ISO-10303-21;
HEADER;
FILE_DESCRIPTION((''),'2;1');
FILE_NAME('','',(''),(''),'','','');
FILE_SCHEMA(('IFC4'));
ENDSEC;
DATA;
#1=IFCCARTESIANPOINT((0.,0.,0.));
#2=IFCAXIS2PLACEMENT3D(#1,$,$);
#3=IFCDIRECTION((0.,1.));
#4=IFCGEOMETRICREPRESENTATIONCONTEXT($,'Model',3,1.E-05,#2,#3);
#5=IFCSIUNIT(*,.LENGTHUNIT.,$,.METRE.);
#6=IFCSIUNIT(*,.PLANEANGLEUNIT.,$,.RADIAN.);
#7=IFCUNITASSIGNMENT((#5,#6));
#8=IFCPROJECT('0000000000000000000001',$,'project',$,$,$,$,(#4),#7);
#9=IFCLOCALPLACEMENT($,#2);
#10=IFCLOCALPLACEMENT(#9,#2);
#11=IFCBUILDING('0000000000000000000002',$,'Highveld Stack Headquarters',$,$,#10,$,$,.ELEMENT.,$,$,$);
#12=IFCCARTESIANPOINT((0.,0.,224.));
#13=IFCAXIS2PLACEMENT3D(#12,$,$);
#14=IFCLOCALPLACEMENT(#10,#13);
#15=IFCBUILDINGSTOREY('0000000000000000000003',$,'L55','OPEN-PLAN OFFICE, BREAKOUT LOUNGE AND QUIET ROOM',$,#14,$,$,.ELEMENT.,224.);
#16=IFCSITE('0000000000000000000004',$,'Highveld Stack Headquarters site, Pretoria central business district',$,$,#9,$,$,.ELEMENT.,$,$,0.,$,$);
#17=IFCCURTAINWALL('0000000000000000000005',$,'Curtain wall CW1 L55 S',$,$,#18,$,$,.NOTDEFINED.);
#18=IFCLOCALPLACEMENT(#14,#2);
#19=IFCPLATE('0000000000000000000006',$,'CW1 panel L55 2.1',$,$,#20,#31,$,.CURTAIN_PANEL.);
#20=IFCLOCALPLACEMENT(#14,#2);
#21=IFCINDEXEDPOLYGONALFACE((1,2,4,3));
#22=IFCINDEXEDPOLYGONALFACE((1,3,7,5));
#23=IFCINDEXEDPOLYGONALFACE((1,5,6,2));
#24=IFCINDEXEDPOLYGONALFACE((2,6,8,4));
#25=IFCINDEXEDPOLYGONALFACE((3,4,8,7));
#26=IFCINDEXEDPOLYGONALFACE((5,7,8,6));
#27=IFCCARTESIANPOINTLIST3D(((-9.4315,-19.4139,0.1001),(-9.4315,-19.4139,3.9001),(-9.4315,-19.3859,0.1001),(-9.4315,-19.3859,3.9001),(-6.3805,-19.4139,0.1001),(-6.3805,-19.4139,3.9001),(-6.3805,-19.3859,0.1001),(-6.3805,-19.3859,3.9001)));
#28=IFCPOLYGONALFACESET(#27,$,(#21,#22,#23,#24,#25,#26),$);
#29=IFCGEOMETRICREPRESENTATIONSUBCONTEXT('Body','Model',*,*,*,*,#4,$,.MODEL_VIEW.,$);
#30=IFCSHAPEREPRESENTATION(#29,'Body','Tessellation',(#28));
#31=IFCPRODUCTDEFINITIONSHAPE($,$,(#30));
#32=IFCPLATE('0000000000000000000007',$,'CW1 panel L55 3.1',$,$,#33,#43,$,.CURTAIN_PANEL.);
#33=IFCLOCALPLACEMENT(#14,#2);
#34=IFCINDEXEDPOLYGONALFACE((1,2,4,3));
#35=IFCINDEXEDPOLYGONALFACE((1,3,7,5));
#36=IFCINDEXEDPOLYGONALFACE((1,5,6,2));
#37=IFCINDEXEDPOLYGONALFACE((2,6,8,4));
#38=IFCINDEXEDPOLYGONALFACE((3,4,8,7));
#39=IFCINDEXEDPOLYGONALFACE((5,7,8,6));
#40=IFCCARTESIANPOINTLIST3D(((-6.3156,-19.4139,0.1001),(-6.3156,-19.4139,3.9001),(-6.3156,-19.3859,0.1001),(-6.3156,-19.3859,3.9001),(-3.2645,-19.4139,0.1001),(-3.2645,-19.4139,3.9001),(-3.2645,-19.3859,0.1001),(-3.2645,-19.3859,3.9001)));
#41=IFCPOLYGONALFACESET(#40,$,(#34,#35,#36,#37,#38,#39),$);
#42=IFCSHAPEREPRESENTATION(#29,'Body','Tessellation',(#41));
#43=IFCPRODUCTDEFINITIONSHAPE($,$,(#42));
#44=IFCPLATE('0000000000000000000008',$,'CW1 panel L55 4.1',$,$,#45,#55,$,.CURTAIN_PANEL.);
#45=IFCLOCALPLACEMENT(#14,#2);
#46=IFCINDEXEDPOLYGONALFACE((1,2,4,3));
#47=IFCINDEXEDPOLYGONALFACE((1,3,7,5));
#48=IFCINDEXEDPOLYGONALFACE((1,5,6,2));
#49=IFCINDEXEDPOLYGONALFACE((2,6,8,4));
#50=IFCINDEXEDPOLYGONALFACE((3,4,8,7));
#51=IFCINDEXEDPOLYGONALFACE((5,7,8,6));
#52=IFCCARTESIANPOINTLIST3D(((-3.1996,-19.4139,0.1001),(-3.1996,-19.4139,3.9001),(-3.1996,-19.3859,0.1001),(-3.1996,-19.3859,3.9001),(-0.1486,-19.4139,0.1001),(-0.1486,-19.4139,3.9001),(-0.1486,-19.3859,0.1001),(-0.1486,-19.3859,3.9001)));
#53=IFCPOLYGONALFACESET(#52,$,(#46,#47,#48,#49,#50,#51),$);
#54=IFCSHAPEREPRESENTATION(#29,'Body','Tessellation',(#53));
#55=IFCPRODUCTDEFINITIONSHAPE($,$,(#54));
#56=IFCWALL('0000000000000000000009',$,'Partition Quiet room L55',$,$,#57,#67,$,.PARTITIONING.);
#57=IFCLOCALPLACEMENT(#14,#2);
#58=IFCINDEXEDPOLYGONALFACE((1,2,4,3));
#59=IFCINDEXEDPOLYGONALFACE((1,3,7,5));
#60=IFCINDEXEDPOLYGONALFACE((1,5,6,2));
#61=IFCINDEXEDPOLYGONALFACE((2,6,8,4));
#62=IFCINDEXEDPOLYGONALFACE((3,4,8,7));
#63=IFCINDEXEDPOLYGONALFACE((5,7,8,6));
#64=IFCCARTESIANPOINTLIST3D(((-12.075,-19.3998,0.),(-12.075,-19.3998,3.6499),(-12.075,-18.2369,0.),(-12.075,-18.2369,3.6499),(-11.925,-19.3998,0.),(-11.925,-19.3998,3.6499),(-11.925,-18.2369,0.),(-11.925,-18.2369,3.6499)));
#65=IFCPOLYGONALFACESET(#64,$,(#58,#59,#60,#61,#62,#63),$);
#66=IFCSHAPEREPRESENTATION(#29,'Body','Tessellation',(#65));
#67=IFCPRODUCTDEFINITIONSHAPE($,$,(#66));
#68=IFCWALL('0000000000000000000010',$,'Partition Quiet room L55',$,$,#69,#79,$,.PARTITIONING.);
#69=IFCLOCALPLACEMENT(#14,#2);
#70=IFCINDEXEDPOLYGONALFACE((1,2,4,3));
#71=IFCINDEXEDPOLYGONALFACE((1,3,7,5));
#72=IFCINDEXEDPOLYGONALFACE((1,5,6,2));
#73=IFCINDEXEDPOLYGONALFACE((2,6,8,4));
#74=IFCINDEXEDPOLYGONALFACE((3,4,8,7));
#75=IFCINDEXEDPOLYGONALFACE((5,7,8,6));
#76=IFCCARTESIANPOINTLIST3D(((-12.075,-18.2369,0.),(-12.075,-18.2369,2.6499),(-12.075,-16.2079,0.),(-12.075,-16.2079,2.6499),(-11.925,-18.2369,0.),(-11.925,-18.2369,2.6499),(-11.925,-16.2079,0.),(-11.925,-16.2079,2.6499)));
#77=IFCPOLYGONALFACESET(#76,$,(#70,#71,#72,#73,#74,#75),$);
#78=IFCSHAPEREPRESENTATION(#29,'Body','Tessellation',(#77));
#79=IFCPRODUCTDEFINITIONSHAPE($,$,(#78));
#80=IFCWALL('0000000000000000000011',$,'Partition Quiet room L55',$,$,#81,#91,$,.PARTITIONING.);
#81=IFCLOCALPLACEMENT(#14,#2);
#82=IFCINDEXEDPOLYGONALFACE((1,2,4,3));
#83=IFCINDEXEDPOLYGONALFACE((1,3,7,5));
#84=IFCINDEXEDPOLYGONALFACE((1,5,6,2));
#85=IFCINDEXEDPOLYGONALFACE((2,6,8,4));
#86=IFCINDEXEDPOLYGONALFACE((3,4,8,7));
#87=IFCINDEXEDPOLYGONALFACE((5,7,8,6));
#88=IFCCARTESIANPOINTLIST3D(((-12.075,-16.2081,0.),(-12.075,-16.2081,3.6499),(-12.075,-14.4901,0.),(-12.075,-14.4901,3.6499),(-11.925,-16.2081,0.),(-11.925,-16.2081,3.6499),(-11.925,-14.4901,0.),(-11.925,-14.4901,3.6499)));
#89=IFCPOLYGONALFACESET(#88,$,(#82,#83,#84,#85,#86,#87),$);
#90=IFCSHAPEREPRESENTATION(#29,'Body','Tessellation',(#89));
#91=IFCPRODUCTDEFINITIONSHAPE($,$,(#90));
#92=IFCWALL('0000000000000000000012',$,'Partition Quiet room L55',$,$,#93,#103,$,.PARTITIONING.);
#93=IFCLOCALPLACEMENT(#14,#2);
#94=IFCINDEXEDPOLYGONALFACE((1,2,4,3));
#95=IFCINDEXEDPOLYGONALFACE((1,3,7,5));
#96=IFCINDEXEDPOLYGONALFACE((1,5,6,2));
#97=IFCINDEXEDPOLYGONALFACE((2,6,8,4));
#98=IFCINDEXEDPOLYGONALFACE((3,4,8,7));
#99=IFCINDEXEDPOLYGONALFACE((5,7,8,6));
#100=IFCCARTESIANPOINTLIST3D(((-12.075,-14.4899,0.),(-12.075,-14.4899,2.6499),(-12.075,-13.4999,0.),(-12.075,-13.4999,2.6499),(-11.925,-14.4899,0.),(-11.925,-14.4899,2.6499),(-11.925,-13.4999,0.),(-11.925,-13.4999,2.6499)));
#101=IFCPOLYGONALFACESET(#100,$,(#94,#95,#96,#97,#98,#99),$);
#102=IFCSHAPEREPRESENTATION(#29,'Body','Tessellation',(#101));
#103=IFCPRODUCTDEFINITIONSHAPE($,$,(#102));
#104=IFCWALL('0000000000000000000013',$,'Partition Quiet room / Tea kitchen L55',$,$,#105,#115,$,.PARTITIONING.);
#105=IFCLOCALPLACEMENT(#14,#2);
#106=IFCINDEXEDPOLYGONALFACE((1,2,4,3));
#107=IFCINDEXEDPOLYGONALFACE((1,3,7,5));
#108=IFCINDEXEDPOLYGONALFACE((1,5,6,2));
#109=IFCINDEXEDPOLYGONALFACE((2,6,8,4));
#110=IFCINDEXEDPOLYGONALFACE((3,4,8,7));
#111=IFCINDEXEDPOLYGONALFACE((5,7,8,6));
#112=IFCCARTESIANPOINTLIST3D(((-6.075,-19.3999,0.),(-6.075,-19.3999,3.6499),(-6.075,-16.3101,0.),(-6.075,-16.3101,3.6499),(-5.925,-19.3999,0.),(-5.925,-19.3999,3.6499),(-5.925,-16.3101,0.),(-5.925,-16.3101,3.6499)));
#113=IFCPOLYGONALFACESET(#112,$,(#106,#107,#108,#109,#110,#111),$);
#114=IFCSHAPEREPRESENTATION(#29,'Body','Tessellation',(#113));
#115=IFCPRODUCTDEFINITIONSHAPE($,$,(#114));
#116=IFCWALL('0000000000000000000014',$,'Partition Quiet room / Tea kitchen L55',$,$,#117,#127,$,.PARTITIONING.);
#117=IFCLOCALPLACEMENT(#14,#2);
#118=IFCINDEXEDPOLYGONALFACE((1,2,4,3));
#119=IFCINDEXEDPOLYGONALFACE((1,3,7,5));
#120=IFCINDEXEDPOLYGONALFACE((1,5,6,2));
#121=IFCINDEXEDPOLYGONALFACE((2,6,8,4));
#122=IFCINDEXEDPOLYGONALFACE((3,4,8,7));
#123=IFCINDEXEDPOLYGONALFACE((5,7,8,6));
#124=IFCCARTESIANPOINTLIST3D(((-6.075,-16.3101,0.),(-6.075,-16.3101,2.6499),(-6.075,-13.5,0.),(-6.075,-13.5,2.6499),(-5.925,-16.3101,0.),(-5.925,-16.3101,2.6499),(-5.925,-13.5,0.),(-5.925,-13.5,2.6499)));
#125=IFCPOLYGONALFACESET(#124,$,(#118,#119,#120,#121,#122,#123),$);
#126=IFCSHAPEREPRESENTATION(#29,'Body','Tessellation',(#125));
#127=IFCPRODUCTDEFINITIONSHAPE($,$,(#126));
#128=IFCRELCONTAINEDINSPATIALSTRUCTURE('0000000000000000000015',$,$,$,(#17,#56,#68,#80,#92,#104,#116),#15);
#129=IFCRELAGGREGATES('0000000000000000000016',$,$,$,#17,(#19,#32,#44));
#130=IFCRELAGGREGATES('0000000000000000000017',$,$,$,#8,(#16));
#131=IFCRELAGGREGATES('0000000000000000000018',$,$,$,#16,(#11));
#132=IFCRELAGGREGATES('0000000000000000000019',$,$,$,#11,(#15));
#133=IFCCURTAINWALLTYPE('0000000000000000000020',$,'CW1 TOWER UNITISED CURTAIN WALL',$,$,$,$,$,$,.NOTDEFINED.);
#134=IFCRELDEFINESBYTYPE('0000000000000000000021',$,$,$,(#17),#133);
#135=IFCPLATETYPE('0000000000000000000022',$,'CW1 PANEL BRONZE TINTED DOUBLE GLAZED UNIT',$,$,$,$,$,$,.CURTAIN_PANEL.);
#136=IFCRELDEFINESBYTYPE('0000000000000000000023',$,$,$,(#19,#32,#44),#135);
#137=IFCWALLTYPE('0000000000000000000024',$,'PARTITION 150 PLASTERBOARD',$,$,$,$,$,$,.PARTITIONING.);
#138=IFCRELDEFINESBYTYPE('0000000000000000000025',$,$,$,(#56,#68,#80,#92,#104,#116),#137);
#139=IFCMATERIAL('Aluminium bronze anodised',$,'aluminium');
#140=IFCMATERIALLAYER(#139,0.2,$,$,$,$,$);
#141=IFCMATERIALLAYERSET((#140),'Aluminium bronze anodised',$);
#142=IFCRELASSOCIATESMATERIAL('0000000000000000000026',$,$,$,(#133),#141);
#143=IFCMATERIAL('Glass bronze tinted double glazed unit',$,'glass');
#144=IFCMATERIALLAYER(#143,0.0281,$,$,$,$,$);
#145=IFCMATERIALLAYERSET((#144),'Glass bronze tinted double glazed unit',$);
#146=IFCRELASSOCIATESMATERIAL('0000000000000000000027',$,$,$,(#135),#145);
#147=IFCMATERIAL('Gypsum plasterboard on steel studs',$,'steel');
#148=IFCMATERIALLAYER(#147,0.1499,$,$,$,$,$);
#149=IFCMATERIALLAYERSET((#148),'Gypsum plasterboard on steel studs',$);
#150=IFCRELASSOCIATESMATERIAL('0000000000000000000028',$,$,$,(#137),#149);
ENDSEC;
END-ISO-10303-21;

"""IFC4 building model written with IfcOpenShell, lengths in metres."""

from ifc_helpers import new_model, si_unit, direction, frame, frame_2d, origin, origin_2d, place, context, subcontext, project, spatial, rectangle, extrude, material, layer, layer_set, type_object, element, aggregate, save


model = new_model("IFC4")

# Units and contexts
model_context = context("Model", 3, precision=1e-05, world=origin(), true_north=direction((0.0, 1.0)))
body_context = subcontext(model_context, "Body", "Model", "MODEL_VIEW")
ifc_project = project(units=[si_unit("LENGTHUNIT", "METRE"), si_unit("PLANEANGLEUNIT", "RADIAN")], contexts=[model_context])

# Site, building, storey
site_placement = place(None, origin())
site = spatial("IfcSite", under=ifc_project, at=site_placement, Name="Highveld Stack Headquarters site, Pretoria central business district", CompositionType="ELEMENT", RefElevation=0.0)
building_placement = place(site_placement, origin())
building = spatial("IfcBuilding", under=site, at=building_placement, Name="Highveld Stack Headquarters", CompositionType="ELEMENT")
storey_placement = place(building_placement, frame((0.0, 0.0, 224.0)))
storey = spatial("IfcBuildingStorey", under=building, at=storey_placement, Name="L55", Description="OPEN-PLAN OFFICE, BREAKOUT LOUNGE AND QUIET ROOM", CompositionType="ELEMENT", Elevation=224.0)

# Curtain wall
ifc_material_1 = material(Name="Aluminium bronze anodised", Category="aluminium")
ifc_layer_1 = layer(ifc_material_1, 0.2)
ifc_layer_set_1 = layer_set([ifc_layer_1], Name="Aluminium bronze anodised")
curtain_wall_type = type_object("IfcCurtainWallType", Name="CW1 TOWER UNITISED CURTAIN WALL", PredefinedType="NOTDEFINED", material=ifc_layer_set_1)
curtain_wall_placement = place(storey_placement, origin())
curtain_wall = element("IfcCurtainWall", 1, at=curtain_wall_placement, inside=storey, type_object=curtain_wall_type, Name="Curtain wall CW1 L55 S", PredefinedType="NOTDEFINED")

# Plates
ifc_material_2 = material(Name="Glass bronze tinted double glazed unit", Category="glass")
ifc_layer_2 = layer(ifc_material_2, 0.0281)
ifc_layer_set_2 = layer_set([ifc_layer_2], Name="Glass bronze tinted double glazed unit")
plate_type = type_object("IfcPlateType", Name="CW1 PANEL BRONZE TINTED DOUBLE GLAZED UNIT", PredefinedType="CURTAIN_PANEL", material=ifc_layer_set_2)
plate_1_placement = place(storey_placement, frame((-7.906, -19.3999, 0.1001), z_axis=(0.0, 0.0, 1.0), x_axis=(1.0, 0.0, 0.0)))
plate_1 = element("IfcPlate", 2, at=plate_1_placement, type_object=plate_type, Name="CW1 panel L55 2.1", PredefinedType="CURTAIN_PANEL", context=body_context, shape_type="SweptSolid", body=[
    extrude(rectangle(XDim=3.051, YDim=0.0281, at=origin_2d()), origin(), (0.0, 0.0, 1.0), 3.8),
])
plate_2_placement = place(storey_placement, frame((-4.79, -19.3999, 0.1001), z_axis=(0.0, 0.0, 1.0), x_axis=(1.0, 0.0, 0.0)))
plate_2 = element("IfcPlate", 3, at=plate_2_placement, type_object=plate_type, Name="CW1 panel L55 3.1", PredefinedType="CURTAIN_PANEL", context=body_context, shape_type="SweptSolid", body=[
    extrude(rectangle(XDim=3.051, YDim=0.0281, at=origin_2d()), origin(), (0.0, 0.0, 1.0), 3.8),
])
plate_3_placement = place(storey_placement, frame((-1.6741, -19.3999, 0.1001), z_axis=(0.0, 0.0, 1.0), x_axis=(1.0, 0.0, 0.0)))
plate_3 = element("IfcPlate", 4, at=plate_3_placement, type_object=plate_type, Name="CW1 panel L55 4.1", PredefinedType="CURTAIN_PANEL", context=body_context, shape_type="SweptSolid", body=[
    extrude(rectangle(XDim=3.051, YDim=0.0281, at=origin_2d()), origin(), (0.0, 0.0, 1.0), 3.8),
])
aggregate(curtain_wall, [plate_1, plate_2, plate_3])

# Walls
ifc_material_3 = material(Name="Gypsum plasterboard on steel studs", Category="steel")
ifc_layer_3 = layer(ifc_material_3, 0.1499)
ifc_layer_set_3 = layer_set([ifc_layer_3], Name="Gypsum plasterboard on steel studs")
wall_type = type_object("IfcWallType", Name="PARTITION 150 PLASTERBOARD", PredefinedType="PARTITIONING", material=ifc_layer_set_3)
wall_1_placement = place(storey_placement, frame((-12.0, -19.3999, 0.0), z_axis=(0.0, 0.0, 1.0), x_axis=(0.0, 1.0, 0.0)))
element("IfcWall", 5, at=wall_1_placement, inside=storey, type_object=wall_type, Name="Partition Quiet room L55", PredefinedType="PARTITIONING", context=body_context, shape_type="SweptSolid", body=[
    extrude(rectangle(XDim=1.1628, YDim=0.1499, at=frame_2d((0.5815, 0.0))), origin(), (0.0, 0.0, 1.0), 3.6499),
])
wall_2_placement = place(storey_placement, frame((-12.0, -18.2371, 0.0), z_axis=(0.0, 0.0, 1.0), x_axis=(0.0, 1.0, 0.0)))
element("IfcWall", 6, at=wall_2_placement, inside=storey, type_object=wall_type, Name="Partition Quiet room L55", PredefinedType="PARTITIONING", context=body_context, shape_type="SweptSolid", body=[
    extrude(rectangle(XDim=2.0291, YDim=0.1499, at=frame_2d((1.0146, 0.0))), origin(), (0.0, 0.0, 1.0), 2.6499),
])
wall_3_placement = place(storey_placement, frame((-12.0, -16.208, 0.0), z_axis=(0.0, 0.0, 1.0), x_axis=(0.0, 1.0, 0.0)))
element("IfcWall", 7, at=wall_3_placement, inside=storey, type_object=wall_type, Name="Partition Quiet room L55", PredefinedType="PARTITIONING", context=body_context, shape_type="SweptSolid", body=[
    extrude(rectangle(XDim=1.718, YDim=0.1499, at=frame_2d((0.8589, 0.0))), origin(), (0.0, 0.0, 1.0), 3.6499),
])
wall_4_placement = place(storey_placement, frame((-12.0, -14.49, 0.0), z_axis=(0.0, 0.0, 1.0), x_axis=(0.0, 1.0, 0.0)))
element("IfcWall", 8, at=wall_4_placement, inside=storey, type_object=wall_type, Name="Partition Quiet room L55", PredefinedType="PARTITIONING", context=body_context, shape_type="SweptSolid", body=[
    extrude(rectangle(XDim=0.99, YDim=0.1499, at=frame_2d((0.4951, 0.0))), origin(), (0.0, 0.0, 1.0), 2.6499),
])
wall_5_placement = place(storey_placement, frame((-6.0, -19.3999, 0.0), z_axis=(0.0, 0.0, 1.0), x_axis=(0.0, 1.0, 0.0)))
element("IfcWall", 9, at=wall_5_placement, inside=storey, type_object=wall_type, Name="Partition Quiet room / Tea kitchen L55", PredefinedType="PARTITIONING", context=body_context, shape_type="SweptSolid", body=[
    extrude(rectangle(XDim=3.0898, YDim=0.1499, at=frame_2d((1.5449, 0.0))), origin(), (0.0, 0.0, 1.0), 3.6499),
])
wall_6_placement = place(storey_placement, frame((-6.0, -16.3101, 0.0), z_axis=(0.0, 0.0, 1.0), x_axis=(0.0, 1.0, 0.0)))
element("IfcWall", 10, at=wall_6_placement, inside=storey, type_object=wall_type, Name="Partition Quiet room / Tea kitchen L55", PredefinedType="PARTITIONING", context=body_context, shape_type="SweptSolid", body=[
    extrude(rectangle(XDim=2.8101, YDim=0.1499, at=frame_2d((1.405, 0.0))), origin(), (0.0, 0.0, 1.0), 2.6499),
])

save(model, "model.ifc")
